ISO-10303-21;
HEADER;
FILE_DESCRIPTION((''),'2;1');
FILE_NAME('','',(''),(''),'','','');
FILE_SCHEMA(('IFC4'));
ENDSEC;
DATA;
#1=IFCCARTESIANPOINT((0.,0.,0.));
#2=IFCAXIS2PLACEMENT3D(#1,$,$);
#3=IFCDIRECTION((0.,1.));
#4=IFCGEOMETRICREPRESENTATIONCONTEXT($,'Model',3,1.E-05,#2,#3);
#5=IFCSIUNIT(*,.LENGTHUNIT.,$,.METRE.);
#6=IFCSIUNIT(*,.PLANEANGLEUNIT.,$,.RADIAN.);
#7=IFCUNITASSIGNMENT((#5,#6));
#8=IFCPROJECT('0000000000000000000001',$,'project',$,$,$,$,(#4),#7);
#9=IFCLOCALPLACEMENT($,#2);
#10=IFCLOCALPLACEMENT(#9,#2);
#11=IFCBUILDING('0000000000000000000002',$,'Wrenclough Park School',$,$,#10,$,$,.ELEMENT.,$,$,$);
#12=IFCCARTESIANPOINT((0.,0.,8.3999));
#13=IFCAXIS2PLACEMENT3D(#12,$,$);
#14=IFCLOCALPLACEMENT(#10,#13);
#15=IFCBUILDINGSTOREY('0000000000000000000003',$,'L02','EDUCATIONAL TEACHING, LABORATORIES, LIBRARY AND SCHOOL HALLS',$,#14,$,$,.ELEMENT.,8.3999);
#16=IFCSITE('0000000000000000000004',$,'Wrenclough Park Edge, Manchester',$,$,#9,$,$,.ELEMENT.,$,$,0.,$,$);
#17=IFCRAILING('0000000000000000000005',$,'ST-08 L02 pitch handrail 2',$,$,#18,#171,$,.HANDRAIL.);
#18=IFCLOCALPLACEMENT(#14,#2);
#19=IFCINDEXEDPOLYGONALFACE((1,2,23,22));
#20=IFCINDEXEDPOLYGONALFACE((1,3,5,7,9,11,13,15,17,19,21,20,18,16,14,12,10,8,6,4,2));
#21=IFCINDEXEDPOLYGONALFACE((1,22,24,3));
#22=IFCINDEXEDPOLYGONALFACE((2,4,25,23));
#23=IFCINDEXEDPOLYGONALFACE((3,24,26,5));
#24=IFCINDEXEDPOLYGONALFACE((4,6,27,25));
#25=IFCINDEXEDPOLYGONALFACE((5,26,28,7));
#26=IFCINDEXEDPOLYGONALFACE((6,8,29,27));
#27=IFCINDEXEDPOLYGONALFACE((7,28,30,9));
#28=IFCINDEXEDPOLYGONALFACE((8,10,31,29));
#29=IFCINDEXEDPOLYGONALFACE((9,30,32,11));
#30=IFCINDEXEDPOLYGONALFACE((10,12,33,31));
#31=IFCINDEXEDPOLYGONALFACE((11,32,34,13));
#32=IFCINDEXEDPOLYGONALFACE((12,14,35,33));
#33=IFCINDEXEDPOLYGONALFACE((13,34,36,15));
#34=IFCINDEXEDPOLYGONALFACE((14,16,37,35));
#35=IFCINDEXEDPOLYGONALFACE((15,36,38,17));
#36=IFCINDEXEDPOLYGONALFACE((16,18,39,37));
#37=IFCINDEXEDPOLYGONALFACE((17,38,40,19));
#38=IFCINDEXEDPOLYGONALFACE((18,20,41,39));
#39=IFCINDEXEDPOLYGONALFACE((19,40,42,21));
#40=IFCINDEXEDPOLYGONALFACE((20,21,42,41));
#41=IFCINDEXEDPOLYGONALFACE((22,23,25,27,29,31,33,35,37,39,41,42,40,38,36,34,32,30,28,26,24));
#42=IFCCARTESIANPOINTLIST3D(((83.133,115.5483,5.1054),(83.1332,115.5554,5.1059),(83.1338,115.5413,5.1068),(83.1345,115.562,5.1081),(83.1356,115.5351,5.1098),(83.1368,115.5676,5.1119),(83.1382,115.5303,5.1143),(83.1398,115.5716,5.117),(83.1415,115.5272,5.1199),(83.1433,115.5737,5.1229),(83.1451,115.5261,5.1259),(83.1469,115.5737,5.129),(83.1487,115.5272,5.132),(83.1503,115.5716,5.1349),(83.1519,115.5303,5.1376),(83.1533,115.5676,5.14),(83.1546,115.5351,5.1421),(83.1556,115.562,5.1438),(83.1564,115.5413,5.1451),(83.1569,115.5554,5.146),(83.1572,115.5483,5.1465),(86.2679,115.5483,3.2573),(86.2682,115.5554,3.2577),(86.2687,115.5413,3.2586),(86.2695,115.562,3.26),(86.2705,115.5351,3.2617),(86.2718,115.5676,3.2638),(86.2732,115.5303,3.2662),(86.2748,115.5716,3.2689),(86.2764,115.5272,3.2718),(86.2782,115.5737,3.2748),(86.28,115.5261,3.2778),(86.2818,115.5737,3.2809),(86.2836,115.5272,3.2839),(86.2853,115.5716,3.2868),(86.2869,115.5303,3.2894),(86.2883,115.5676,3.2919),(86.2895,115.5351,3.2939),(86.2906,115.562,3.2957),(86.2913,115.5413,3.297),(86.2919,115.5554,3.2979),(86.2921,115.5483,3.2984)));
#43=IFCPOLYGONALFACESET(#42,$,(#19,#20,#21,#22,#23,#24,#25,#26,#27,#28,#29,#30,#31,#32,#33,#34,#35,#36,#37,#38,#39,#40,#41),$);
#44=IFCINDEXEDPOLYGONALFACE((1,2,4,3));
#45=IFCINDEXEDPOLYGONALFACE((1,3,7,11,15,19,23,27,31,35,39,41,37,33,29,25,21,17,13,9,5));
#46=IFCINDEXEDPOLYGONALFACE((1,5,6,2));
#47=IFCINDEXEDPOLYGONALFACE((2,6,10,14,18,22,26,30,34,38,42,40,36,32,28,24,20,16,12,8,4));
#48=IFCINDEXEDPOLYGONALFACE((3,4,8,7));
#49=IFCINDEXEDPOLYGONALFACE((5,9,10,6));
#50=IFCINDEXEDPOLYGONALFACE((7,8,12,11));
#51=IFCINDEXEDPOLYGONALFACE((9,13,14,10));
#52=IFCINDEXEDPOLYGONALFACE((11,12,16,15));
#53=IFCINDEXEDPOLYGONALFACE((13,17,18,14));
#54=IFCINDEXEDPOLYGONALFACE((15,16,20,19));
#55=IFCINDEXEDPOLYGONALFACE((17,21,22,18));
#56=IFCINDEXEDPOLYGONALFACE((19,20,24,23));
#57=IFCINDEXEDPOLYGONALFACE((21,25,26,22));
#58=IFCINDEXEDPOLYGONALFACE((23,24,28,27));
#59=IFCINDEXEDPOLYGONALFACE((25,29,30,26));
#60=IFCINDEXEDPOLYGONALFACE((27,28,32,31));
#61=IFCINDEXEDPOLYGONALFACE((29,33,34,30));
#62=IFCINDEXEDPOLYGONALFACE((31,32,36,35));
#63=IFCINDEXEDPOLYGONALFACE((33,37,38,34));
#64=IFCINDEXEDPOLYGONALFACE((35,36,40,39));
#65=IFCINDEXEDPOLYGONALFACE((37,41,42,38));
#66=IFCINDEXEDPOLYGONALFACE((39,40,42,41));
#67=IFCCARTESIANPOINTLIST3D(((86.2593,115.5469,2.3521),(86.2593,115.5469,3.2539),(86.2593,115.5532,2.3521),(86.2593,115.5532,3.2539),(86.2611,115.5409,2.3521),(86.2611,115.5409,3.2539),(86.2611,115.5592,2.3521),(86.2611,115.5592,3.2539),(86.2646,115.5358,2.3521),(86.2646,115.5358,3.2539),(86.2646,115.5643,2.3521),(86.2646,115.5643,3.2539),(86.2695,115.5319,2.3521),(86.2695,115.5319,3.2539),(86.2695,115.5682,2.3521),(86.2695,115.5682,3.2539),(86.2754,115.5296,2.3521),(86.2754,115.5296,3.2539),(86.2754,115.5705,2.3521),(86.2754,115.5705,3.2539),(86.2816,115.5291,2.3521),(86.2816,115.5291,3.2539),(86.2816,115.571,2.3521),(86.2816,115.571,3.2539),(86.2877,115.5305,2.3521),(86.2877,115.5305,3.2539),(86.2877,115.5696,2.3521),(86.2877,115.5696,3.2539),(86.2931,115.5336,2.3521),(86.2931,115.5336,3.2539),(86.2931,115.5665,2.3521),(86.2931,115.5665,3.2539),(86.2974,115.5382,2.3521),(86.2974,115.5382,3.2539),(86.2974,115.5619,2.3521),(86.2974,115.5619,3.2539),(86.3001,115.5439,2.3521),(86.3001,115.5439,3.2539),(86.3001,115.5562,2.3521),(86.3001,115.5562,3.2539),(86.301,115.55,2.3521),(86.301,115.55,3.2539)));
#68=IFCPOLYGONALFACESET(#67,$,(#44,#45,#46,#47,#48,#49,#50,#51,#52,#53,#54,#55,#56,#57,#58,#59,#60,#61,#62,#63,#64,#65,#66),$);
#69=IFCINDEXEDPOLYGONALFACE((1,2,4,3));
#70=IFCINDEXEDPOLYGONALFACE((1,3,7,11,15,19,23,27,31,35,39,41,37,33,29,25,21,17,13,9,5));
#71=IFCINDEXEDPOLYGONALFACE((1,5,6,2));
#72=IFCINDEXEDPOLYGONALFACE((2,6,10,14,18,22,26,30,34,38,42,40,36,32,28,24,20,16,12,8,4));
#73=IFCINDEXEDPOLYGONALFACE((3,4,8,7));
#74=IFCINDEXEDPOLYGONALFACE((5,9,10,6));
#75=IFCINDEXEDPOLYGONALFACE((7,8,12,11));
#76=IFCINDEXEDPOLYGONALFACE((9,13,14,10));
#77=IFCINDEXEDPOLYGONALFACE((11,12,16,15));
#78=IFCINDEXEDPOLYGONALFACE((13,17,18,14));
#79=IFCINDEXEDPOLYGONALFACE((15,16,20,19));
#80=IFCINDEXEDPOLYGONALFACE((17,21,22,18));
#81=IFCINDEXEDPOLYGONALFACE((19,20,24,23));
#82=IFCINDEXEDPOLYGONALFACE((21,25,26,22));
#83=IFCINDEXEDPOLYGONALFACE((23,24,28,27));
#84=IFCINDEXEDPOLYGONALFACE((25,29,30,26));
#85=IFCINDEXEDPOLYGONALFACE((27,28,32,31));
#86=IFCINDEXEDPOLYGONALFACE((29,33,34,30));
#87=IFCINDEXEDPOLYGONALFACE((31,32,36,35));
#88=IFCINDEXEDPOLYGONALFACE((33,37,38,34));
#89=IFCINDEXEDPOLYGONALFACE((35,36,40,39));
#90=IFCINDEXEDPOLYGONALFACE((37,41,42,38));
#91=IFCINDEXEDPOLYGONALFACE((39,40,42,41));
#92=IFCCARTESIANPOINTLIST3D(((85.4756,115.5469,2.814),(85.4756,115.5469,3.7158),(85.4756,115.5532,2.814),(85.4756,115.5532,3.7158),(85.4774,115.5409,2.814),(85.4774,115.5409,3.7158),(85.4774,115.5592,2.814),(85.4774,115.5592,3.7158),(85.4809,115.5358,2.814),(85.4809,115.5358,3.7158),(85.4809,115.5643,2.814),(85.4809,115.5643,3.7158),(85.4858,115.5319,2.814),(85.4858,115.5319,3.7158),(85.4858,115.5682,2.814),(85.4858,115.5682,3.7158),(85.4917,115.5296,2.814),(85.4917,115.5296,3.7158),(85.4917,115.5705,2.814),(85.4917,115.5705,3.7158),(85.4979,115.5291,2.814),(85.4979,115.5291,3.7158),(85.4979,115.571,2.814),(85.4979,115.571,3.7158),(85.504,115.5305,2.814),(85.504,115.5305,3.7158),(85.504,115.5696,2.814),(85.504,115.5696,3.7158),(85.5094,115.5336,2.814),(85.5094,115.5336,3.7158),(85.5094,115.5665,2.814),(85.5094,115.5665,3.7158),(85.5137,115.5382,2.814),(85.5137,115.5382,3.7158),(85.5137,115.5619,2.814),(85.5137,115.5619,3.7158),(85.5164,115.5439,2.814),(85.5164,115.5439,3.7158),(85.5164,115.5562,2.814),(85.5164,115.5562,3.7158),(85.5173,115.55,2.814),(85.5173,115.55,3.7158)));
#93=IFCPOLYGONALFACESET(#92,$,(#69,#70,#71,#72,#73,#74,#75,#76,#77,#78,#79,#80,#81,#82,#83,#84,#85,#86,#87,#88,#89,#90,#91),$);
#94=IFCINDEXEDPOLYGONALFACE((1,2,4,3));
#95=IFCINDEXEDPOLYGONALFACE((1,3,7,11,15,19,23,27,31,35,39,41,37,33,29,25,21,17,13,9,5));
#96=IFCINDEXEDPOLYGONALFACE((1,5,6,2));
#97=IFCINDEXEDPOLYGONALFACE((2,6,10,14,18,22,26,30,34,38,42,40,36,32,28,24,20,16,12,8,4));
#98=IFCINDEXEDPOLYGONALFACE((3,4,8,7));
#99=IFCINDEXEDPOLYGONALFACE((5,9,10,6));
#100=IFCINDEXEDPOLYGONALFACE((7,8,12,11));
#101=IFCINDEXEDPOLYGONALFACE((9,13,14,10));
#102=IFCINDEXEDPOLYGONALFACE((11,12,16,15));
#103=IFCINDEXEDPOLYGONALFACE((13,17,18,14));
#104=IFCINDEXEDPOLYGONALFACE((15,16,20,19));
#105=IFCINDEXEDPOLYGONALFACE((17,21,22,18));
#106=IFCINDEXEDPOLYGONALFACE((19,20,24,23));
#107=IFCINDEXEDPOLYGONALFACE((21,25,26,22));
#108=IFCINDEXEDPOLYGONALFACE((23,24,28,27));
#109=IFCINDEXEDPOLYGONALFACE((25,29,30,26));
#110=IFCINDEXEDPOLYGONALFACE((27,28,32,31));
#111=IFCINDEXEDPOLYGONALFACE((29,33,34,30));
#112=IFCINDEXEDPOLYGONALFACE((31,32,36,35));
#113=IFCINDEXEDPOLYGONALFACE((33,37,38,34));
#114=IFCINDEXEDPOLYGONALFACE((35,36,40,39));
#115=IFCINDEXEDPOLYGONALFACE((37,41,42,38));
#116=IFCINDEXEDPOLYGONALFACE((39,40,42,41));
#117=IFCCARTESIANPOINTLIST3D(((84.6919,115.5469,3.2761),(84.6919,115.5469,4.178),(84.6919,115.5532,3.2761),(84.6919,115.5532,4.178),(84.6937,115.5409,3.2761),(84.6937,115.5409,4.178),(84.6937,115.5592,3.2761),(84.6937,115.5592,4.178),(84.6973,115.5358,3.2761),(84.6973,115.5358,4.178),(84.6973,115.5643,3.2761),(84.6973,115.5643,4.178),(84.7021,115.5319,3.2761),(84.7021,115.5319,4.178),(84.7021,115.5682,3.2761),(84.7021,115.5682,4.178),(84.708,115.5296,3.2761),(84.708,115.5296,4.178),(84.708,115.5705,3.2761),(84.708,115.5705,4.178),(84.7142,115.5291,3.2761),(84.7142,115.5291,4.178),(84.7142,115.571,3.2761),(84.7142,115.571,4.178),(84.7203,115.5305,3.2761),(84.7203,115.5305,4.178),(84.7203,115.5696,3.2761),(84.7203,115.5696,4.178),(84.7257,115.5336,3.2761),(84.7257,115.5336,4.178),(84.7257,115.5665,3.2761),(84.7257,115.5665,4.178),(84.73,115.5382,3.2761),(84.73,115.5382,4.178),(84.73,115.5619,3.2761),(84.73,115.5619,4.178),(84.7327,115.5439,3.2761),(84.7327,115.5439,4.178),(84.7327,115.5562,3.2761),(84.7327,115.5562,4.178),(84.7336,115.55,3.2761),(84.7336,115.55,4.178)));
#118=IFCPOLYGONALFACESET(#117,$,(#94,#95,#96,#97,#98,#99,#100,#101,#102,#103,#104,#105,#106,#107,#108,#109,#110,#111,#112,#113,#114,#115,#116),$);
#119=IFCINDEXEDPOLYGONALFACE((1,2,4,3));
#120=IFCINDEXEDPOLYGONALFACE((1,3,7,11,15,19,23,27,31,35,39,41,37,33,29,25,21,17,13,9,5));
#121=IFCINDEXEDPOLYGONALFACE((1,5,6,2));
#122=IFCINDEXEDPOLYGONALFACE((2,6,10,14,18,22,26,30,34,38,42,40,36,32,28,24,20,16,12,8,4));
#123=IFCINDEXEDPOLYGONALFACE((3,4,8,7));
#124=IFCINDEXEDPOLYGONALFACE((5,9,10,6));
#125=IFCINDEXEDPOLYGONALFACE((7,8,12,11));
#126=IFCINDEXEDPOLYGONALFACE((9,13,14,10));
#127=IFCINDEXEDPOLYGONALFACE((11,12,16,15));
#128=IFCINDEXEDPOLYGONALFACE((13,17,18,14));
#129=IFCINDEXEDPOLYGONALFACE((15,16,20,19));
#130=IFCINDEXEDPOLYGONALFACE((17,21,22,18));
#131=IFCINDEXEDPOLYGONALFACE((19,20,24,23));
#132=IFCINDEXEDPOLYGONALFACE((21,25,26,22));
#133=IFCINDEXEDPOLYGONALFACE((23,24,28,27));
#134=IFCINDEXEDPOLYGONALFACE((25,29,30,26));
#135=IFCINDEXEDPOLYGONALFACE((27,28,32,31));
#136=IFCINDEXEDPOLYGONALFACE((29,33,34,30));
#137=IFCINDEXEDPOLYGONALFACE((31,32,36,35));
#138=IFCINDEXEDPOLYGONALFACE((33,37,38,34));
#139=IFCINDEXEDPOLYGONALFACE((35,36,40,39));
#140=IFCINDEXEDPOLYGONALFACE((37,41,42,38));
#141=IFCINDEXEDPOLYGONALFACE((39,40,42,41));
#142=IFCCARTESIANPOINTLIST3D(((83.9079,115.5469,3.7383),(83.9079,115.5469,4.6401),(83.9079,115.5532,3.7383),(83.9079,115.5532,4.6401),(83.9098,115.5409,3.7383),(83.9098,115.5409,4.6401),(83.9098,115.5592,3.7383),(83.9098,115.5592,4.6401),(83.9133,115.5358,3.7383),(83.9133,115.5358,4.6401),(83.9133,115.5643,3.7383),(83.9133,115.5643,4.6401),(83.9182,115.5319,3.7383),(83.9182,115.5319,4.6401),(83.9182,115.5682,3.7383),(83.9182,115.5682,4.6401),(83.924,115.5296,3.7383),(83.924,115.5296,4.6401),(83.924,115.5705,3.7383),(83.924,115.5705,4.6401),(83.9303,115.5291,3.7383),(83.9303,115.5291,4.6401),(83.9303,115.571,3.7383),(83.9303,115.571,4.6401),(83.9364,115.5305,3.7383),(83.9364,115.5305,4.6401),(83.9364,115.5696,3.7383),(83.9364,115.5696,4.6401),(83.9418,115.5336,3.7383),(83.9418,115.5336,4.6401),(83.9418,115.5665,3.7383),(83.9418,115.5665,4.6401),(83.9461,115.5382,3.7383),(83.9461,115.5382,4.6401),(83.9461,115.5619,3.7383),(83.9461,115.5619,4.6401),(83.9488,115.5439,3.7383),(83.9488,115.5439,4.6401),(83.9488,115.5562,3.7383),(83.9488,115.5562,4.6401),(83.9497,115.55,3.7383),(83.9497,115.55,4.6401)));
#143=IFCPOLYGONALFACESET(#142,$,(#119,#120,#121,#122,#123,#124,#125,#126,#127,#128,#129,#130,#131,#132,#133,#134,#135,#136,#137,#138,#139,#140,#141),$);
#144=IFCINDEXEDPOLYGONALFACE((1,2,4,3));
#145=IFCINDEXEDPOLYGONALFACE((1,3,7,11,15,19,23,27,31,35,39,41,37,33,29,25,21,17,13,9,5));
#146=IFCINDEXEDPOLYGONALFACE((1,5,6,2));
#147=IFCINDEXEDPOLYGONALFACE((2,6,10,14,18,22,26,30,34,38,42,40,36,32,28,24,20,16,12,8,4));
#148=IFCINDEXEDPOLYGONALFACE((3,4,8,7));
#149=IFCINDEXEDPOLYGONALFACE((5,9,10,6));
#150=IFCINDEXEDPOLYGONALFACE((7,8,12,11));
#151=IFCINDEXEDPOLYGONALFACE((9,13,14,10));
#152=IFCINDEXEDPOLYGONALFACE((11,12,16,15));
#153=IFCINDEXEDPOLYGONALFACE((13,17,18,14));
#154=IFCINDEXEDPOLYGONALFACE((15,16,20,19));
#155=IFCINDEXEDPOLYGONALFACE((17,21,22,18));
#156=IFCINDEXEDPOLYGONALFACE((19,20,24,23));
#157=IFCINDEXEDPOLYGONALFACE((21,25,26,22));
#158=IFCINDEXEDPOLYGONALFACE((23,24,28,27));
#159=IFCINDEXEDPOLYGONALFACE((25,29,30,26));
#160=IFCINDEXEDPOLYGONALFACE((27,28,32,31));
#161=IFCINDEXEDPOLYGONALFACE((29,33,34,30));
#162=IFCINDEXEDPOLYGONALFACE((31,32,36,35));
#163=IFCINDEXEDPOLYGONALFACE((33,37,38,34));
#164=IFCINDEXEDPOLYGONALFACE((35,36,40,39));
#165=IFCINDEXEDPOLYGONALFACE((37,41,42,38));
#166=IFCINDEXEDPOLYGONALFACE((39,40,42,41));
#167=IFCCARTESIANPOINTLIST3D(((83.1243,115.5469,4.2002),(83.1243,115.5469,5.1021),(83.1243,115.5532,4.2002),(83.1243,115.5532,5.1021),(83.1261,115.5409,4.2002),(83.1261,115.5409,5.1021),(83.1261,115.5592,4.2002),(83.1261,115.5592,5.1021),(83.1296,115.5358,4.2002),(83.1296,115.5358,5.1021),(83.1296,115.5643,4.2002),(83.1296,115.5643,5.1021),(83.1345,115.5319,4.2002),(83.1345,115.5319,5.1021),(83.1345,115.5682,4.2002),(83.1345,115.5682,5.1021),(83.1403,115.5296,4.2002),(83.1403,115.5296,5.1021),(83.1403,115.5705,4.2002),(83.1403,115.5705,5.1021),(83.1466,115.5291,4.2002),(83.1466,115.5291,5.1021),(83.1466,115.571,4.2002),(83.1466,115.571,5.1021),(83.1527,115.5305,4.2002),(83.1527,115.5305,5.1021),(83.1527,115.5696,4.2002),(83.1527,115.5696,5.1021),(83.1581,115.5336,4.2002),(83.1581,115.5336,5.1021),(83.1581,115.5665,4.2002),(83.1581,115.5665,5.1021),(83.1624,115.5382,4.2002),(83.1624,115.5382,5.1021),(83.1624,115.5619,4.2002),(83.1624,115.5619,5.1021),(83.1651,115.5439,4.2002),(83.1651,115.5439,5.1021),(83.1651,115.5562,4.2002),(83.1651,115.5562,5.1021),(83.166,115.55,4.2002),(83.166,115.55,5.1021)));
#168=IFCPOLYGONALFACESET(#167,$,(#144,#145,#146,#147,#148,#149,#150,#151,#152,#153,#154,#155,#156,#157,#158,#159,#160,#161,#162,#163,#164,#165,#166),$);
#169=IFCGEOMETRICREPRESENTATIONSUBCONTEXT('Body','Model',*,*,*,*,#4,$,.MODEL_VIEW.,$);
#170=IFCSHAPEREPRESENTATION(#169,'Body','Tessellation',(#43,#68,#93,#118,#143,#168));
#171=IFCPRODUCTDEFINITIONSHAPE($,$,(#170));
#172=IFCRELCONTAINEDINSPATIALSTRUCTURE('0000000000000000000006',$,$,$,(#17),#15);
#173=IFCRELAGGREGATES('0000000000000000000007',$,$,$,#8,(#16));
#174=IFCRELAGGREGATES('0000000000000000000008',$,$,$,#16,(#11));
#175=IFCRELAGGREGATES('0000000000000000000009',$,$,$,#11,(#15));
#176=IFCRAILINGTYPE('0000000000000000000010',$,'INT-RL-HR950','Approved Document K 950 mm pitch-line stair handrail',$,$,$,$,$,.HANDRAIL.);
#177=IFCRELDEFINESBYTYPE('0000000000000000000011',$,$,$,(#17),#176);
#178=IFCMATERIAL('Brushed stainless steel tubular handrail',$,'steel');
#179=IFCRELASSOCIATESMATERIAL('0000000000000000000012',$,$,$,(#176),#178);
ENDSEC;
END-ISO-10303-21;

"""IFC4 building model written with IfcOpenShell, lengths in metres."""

from ifc_helpers import new_model, si_unit, direction, frame, origin, origin_2d, place, context, subcontext, project, spatial, circle, extrude, material, type_object, element, save


model = new_model("IFC4")

# Units and contexts
model_context = context("Model", 3, precision=1e-05, world=origin(), true_north=direction((0.0, 1.0)))
body_context = subcontext(model_context, "Body", "Model", "MODEL_VIEW")
ifc_project = project(units=[si_unit("LENGTHUNIT", "METRE"), si_unit("PLANEANGLEUNIT", "RADIAN")], contexts=[model_context])

# Site, building, storey
site_placement = place(None, origin())
site = spatial("IfcSite", under=ifc_project, at=site_placement, Name="Wrenclough Park Edge, Manchester", CompositionType="ELEMENT", RefElevation=0.0)
building_placement = place(site_placement, origin())
building = spatial("IfcBuilding", under=site, at=building_placement, Name="Wrenclough Park School", CompositionType="ELEMENT")
storey_placement = place(building_placement, frame((0.0, 0.0, 8.3999)))
storey = spatial("IfcBuildingStorey", under=building, at=storey_placement, Name="L02", Description="EDUCATIONAL TEACHING, LABORATORIES, LIBRARY AND SCHOOL HALLS", CompositionType="ELEMENT", Elevation=8.3999)

# Railing
ifc_material_1 = material(Name="Brushed stainless steel tubular handrail", Category="steel")
railing_type_1 = type_object("IfcRailingType", Name="INT-RL-HR950", Description="Approved Document K 950 mm pitch-line stair handrail", PredefinedType="HANDRAIL", material=ifc_material_1)
railing_1_placement = place(storey_placement, frame((86.28, 115.55, 2.3521)))
element("IfcRailing", 1, at=railing_1_placement, inside=storey, type_object=railing_type_1, Name="ST-08 L02 pitch handrail 2", PredefinedType="HANDRAIL", context=body_context, shape_type="SweptSolid", body=[
    extrude(circle(Radius=0.0239, at=origin_2d()), frame((0.0, 0.0, 0.9258), z_axis=(-0.861451, 0.0, 0.507841), x_axis=(0.0, -1.0, 0.0)), (0.0, 0.0, 1.0), 3.6392),
    extrude(circle(Radius=0.021, at=origin_2d()), origin(), (0.0, 0.0, 1.0), 0.9019),
    extrude(circle(Radius=0.021, at=origin_2d()), frame((-0.7837, 0.0, 0.4619)), (0.0, 0.0, 1.0), 0.9019),
    extrude(circle(Radius=0.021, at=origin_2d()), frame((-1.5674, 0.0, 0.9241)), (0.0, 0.0, 1.0), 0.9019),
    extrude(circle(Radius=0.021, at=origin_2d()), frame((-2.3513, 0.0, 1.3862)), (0.0, 0.0, 1.0), 0.9019),
    extrude(circle(Radius=0.021, at=origin_2d()), frame((-3.135, 0.0, 1.8481)), (0.0, 0.0, 1.0), 0.9019),
])

save(model, "model.ifc")
